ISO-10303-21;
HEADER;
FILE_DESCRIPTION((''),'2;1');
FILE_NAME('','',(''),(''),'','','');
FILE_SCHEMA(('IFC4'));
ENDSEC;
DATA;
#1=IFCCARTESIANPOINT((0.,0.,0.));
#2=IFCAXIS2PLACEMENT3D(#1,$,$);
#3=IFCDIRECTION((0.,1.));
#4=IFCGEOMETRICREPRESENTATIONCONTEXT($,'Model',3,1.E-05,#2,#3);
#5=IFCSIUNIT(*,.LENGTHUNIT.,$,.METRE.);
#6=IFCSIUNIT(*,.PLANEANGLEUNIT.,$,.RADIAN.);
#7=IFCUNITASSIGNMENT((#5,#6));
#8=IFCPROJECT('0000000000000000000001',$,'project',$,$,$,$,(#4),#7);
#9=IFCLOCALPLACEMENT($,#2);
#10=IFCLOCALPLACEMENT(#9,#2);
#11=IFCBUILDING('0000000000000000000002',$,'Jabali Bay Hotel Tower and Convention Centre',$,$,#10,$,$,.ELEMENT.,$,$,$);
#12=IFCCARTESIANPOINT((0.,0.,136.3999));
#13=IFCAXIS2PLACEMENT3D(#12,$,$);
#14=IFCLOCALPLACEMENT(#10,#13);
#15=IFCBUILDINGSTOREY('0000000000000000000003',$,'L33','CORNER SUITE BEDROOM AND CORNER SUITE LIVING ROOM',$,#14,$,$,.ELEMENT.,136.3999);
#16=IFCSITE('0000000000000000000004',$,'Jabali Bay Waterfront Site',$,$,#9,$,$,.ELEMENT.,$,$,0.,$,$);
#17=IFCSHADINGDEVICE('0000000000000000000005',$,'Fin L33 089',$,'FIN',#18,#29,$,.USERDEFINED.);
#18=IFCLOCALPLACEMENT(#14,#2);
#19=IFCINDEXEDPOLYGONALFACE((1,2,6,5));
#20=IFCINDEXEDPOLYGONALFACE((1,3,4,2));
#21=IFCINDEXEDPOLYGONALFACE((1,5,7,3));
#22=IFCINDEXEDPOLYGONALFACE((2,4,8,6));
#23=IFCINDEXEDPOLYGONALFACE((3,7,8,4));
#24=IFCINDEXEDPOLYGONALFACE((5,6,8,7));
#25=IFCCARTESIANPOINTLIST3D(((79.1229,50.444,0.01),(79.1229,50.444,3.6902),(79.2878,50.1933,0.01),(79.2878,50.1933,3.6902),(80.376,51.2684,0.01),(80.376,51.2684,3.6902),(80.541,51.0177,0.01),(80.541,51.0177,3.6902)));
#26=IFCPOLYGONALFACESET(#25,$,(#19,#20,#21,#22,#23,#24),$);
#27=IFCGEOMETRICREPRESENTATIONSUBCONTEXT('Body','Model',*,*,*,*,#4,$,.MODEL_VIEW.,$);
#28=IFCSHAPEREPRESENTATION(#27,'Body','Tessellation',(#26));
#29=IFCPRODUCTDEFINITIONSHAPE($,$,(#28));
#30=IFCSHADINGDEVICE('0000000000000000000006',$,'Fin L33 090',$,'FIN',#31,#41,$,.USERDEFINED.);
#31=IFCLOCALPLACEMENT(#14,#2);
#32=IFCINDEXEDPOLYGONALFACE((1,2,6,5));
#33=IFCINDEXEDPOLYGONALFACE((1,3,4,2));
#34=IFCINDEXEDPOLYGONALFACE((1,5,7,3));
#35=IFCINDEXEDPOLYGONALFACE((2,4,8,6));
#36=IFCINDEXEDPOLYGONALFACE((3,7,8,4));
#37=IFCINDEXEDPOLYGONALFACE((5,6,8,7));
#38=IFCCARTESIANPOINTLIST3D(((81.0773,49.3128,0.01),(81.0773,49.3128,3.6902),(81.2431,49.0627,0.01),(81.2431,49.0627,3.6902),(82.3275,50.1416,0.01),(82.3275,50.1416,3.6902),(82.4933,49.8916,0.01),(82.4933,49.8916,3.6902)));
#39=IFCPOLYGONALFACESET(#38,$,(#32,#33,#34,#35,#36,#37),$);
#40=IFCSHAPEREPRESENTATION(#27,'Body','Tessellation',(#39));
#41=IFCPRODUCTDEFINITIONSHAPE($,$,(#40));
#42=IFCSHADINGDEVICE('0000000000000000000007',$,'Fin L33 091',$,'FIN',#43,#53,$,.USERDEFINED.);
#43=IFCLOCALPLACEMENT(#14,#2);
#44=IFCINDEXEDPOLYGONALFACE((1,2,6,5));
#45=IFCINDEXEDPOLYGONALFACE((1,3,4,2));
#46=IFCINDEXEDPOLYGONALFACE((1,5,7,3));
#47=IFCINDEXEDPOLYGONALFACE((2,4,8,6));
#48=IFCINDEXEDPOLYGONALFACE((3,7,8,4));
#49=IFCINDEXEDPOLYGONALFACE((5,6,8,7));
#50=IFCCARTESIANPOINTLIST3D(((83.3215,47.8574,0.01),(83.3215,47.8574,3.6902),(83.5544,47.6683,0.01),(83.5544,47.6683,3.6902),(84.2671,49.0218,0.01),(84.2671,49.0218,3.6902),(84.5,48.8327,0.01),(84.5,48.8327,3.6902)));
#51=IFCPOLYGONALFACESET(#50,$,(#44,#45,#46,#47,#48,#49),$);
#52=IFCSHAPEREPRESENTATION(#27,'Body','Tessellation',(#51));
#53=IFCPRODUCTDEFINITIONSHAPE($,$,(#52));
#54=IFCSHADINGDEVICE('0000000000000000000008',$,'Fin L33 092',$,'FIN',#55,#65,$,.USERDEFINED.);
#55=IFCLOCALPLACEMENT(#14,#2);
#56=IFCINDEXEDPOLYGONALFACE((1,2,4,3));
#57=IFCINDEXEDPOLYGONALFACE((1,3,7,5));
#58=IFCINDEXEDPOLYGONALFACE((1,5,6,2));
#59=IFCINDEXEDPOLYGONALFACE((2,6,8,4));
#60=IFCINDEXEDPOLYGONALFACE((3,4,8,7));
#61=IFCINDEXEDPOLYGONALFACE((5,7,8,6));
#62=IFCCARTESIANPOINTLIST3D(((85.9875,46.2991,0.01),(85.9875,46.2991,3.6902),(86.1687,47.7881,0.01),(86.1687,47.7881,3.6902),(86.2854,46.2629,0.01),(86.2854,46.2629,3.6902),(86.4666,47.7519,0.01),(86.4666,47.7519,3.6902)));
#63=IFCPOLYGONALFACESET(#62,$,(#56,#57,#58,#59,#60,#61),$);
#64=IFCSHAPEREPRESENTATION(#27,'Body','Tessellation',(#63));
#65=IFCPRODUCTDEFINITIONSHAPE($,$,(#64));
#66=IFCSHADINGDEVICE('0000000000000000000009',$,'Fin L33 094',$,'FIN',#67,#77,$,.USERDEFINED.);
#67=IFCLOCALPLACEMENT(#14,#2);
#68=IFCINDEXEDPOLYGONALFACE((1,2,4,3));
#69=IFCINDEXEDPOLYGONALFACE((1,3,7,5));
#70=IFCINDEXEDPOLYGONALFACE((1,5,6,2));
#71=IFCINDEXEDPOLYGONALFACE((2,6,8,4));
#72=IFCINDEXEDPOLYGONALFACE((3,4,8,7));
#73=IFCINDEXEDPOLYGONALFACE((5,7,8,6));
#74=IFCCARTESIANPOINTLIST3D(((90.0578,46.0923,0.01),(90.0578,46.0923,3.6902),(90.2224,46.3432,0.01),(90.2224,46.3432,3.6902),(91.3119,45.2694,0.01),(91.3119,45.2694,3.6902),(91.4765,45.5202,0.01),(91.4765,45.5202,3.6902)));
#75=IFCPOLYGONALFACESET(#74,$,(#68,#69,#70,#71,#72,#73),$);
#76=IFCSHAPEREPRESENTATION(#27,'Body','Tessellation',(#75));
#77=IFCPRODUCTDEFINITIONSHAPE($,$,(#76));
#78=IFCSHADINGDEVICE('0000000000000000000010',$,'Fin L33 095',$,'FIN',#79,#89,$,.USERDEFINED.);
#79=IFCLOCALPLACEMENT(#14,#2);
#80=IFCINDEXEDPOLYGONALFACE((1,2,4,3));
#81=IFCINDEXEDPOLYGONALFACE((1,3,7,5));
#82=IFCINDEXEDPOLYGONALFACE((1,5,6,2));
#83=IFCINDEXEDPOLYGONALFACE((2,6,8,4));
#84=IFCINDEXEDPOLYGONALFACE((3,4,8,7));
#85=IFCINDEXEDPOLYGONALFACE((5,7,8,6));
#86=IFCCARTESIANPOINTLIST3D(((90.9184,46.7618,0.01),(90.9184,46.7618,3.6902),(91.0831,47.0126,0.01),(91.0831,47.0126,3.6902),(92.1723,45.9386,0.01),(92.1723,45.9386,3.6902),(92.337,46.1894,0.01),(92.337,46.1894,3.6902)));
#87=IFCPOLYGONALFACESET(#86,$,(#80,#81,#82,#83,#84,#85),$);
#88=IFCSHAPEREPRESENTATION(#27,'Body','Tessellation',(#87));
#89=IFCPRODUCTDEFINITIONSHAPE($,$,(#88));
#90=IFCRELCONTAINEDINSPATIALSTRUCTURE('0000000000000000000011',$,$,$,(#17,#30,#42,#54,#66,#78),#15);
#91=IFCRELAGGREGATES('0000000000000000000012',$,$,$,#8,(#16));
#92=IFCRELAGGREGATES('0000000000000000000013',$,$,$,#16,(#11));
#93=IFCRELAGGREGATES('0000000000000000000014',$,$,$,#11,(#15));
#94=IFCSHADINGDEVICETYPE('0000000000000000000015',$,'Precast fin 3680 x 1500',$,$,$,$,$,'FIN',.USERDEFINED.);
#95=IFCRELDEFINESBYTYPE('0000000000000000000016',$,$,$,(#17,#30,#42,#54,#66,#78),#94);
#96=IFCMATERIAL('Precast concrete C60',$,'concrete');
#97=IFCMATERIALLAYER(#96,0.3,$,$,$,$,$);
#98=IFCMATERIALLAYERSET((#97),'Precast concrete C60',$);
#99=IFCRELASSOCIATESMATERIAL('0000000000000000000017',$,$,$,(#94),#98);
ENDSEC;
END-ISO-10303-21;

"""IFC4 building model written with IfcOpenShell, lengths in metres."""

from ifc_helpers import new_model, si_unit, direction, frame, frame_2d, origin, place, context, subcontext, project, spatial, rectangle, extrude, material, layer, layer_set, type_object, element, save


model = new_model("IFC4")

# Units and contexts
model_context = context("Model", 3, precision=1e-05, world=origin(), true_north=direction((0.0, 1.0)))
body_context = subcontext(model_context, "Body", "Model", "MODEL_VIEW")
ifc_project = project(units=[si_unit("LENGTHUNIT", "METRE"), si_unit("PLANEANGLEUNIT", "RADIAN")], contexts=[model_context])

# Site, building, storey
site_placement = place(None, origin())
site = spatial("IfcSite", under=ifc_project, at=site_placement, Name="Jabali Bay Waterfront Site", CompositionType="ELEMENT", RefElevation=0.0)
building_placement = place(site_placement, origin())
building = spatial("IfcBuilding", under=site, at=building_placement, Name="Jabali Bay Hotel Tower and Convention Centre", CompositionType="ELEMENT")
storey_placement = place(building_placement, frame((0.0, 0.0, 136.3999)))
storey = spatial("IfcBuildingStorey", under=building, at=storey_placement, Name="L33", Description="CORNER SUITE BEDROOM AND CORNER SUITE LIVING ROOM", CompositionType="ELEMENT", Elevation=136.3999)

# Shading devices
ifc_material_1 = material(Name="Precast concrete C60", Category="concrete")
ifc_layer_1 = layer(ifc_material_1, 0.3)
ifc_layer_set_1 = layer_set([ifc_layer_1], Name="Precast concrete C60")
shading_device_type_1 = type_object("IfcShadingDeviceType", Name="Precast fin 3680 x 1500", ElementType="FIN", PredefinedType="USERDEFINED", material=ifc_layer_set_1)
for number, where, z_axis, x_axis, name in (
    (1, (80.4585, 51.1431, 0.01), (0.0, 0.0, 1.0), (-0.835415, -0.549619, 0.0), "Fin L33 089"),
    (2, (82.4104, 50.0166, 0.01), (0.0, 0.0, 1.0), (-0.833475, -0.552557, 0.0), "Fin L33 090"),
    (3, (84.3835, 48.9272, 0.01), (0.0, 0.0, 1.0), (-0.630415, -0.776258, 0.0), "Fin L33 091"),
    (4, (86.3176, 47.77, 0.01), (0.0, 0.0, 1.0), (-0.120769, -0.992681, 0.0), "Fin L33 092"),
    (5, (90.1401, 46.2178, 0.01), (0.0, 0.0, 1.0), (0.83606, -0.548639, 0.0), "Fin L33 094"),
    (6, (91.0007, 46.8872, 0.01), (0.0, 0.0, 1.0), (0.835936, -0.548827, 0.0), "Fin L33 095"),
):
    element("IfcShadingDevice", number, at=place(storey_placement, frame(where, z_axis=z_axis, x_axis=x_axis)), inside=storey, type_object=shading_device_type_1, Name=name, ObjectType="FIN", PredefinedType="USERDEFINED", context=body_context, shape_type="SweptSolid", body=[
        extrude(rectangle(XDim=1.5, YDim=0.3, at=frame_2d((0.75, 0.0))), origin(), (0.0, 0.0, 1.0), 3.6802),
    ])

save(model, "model.ifc")
